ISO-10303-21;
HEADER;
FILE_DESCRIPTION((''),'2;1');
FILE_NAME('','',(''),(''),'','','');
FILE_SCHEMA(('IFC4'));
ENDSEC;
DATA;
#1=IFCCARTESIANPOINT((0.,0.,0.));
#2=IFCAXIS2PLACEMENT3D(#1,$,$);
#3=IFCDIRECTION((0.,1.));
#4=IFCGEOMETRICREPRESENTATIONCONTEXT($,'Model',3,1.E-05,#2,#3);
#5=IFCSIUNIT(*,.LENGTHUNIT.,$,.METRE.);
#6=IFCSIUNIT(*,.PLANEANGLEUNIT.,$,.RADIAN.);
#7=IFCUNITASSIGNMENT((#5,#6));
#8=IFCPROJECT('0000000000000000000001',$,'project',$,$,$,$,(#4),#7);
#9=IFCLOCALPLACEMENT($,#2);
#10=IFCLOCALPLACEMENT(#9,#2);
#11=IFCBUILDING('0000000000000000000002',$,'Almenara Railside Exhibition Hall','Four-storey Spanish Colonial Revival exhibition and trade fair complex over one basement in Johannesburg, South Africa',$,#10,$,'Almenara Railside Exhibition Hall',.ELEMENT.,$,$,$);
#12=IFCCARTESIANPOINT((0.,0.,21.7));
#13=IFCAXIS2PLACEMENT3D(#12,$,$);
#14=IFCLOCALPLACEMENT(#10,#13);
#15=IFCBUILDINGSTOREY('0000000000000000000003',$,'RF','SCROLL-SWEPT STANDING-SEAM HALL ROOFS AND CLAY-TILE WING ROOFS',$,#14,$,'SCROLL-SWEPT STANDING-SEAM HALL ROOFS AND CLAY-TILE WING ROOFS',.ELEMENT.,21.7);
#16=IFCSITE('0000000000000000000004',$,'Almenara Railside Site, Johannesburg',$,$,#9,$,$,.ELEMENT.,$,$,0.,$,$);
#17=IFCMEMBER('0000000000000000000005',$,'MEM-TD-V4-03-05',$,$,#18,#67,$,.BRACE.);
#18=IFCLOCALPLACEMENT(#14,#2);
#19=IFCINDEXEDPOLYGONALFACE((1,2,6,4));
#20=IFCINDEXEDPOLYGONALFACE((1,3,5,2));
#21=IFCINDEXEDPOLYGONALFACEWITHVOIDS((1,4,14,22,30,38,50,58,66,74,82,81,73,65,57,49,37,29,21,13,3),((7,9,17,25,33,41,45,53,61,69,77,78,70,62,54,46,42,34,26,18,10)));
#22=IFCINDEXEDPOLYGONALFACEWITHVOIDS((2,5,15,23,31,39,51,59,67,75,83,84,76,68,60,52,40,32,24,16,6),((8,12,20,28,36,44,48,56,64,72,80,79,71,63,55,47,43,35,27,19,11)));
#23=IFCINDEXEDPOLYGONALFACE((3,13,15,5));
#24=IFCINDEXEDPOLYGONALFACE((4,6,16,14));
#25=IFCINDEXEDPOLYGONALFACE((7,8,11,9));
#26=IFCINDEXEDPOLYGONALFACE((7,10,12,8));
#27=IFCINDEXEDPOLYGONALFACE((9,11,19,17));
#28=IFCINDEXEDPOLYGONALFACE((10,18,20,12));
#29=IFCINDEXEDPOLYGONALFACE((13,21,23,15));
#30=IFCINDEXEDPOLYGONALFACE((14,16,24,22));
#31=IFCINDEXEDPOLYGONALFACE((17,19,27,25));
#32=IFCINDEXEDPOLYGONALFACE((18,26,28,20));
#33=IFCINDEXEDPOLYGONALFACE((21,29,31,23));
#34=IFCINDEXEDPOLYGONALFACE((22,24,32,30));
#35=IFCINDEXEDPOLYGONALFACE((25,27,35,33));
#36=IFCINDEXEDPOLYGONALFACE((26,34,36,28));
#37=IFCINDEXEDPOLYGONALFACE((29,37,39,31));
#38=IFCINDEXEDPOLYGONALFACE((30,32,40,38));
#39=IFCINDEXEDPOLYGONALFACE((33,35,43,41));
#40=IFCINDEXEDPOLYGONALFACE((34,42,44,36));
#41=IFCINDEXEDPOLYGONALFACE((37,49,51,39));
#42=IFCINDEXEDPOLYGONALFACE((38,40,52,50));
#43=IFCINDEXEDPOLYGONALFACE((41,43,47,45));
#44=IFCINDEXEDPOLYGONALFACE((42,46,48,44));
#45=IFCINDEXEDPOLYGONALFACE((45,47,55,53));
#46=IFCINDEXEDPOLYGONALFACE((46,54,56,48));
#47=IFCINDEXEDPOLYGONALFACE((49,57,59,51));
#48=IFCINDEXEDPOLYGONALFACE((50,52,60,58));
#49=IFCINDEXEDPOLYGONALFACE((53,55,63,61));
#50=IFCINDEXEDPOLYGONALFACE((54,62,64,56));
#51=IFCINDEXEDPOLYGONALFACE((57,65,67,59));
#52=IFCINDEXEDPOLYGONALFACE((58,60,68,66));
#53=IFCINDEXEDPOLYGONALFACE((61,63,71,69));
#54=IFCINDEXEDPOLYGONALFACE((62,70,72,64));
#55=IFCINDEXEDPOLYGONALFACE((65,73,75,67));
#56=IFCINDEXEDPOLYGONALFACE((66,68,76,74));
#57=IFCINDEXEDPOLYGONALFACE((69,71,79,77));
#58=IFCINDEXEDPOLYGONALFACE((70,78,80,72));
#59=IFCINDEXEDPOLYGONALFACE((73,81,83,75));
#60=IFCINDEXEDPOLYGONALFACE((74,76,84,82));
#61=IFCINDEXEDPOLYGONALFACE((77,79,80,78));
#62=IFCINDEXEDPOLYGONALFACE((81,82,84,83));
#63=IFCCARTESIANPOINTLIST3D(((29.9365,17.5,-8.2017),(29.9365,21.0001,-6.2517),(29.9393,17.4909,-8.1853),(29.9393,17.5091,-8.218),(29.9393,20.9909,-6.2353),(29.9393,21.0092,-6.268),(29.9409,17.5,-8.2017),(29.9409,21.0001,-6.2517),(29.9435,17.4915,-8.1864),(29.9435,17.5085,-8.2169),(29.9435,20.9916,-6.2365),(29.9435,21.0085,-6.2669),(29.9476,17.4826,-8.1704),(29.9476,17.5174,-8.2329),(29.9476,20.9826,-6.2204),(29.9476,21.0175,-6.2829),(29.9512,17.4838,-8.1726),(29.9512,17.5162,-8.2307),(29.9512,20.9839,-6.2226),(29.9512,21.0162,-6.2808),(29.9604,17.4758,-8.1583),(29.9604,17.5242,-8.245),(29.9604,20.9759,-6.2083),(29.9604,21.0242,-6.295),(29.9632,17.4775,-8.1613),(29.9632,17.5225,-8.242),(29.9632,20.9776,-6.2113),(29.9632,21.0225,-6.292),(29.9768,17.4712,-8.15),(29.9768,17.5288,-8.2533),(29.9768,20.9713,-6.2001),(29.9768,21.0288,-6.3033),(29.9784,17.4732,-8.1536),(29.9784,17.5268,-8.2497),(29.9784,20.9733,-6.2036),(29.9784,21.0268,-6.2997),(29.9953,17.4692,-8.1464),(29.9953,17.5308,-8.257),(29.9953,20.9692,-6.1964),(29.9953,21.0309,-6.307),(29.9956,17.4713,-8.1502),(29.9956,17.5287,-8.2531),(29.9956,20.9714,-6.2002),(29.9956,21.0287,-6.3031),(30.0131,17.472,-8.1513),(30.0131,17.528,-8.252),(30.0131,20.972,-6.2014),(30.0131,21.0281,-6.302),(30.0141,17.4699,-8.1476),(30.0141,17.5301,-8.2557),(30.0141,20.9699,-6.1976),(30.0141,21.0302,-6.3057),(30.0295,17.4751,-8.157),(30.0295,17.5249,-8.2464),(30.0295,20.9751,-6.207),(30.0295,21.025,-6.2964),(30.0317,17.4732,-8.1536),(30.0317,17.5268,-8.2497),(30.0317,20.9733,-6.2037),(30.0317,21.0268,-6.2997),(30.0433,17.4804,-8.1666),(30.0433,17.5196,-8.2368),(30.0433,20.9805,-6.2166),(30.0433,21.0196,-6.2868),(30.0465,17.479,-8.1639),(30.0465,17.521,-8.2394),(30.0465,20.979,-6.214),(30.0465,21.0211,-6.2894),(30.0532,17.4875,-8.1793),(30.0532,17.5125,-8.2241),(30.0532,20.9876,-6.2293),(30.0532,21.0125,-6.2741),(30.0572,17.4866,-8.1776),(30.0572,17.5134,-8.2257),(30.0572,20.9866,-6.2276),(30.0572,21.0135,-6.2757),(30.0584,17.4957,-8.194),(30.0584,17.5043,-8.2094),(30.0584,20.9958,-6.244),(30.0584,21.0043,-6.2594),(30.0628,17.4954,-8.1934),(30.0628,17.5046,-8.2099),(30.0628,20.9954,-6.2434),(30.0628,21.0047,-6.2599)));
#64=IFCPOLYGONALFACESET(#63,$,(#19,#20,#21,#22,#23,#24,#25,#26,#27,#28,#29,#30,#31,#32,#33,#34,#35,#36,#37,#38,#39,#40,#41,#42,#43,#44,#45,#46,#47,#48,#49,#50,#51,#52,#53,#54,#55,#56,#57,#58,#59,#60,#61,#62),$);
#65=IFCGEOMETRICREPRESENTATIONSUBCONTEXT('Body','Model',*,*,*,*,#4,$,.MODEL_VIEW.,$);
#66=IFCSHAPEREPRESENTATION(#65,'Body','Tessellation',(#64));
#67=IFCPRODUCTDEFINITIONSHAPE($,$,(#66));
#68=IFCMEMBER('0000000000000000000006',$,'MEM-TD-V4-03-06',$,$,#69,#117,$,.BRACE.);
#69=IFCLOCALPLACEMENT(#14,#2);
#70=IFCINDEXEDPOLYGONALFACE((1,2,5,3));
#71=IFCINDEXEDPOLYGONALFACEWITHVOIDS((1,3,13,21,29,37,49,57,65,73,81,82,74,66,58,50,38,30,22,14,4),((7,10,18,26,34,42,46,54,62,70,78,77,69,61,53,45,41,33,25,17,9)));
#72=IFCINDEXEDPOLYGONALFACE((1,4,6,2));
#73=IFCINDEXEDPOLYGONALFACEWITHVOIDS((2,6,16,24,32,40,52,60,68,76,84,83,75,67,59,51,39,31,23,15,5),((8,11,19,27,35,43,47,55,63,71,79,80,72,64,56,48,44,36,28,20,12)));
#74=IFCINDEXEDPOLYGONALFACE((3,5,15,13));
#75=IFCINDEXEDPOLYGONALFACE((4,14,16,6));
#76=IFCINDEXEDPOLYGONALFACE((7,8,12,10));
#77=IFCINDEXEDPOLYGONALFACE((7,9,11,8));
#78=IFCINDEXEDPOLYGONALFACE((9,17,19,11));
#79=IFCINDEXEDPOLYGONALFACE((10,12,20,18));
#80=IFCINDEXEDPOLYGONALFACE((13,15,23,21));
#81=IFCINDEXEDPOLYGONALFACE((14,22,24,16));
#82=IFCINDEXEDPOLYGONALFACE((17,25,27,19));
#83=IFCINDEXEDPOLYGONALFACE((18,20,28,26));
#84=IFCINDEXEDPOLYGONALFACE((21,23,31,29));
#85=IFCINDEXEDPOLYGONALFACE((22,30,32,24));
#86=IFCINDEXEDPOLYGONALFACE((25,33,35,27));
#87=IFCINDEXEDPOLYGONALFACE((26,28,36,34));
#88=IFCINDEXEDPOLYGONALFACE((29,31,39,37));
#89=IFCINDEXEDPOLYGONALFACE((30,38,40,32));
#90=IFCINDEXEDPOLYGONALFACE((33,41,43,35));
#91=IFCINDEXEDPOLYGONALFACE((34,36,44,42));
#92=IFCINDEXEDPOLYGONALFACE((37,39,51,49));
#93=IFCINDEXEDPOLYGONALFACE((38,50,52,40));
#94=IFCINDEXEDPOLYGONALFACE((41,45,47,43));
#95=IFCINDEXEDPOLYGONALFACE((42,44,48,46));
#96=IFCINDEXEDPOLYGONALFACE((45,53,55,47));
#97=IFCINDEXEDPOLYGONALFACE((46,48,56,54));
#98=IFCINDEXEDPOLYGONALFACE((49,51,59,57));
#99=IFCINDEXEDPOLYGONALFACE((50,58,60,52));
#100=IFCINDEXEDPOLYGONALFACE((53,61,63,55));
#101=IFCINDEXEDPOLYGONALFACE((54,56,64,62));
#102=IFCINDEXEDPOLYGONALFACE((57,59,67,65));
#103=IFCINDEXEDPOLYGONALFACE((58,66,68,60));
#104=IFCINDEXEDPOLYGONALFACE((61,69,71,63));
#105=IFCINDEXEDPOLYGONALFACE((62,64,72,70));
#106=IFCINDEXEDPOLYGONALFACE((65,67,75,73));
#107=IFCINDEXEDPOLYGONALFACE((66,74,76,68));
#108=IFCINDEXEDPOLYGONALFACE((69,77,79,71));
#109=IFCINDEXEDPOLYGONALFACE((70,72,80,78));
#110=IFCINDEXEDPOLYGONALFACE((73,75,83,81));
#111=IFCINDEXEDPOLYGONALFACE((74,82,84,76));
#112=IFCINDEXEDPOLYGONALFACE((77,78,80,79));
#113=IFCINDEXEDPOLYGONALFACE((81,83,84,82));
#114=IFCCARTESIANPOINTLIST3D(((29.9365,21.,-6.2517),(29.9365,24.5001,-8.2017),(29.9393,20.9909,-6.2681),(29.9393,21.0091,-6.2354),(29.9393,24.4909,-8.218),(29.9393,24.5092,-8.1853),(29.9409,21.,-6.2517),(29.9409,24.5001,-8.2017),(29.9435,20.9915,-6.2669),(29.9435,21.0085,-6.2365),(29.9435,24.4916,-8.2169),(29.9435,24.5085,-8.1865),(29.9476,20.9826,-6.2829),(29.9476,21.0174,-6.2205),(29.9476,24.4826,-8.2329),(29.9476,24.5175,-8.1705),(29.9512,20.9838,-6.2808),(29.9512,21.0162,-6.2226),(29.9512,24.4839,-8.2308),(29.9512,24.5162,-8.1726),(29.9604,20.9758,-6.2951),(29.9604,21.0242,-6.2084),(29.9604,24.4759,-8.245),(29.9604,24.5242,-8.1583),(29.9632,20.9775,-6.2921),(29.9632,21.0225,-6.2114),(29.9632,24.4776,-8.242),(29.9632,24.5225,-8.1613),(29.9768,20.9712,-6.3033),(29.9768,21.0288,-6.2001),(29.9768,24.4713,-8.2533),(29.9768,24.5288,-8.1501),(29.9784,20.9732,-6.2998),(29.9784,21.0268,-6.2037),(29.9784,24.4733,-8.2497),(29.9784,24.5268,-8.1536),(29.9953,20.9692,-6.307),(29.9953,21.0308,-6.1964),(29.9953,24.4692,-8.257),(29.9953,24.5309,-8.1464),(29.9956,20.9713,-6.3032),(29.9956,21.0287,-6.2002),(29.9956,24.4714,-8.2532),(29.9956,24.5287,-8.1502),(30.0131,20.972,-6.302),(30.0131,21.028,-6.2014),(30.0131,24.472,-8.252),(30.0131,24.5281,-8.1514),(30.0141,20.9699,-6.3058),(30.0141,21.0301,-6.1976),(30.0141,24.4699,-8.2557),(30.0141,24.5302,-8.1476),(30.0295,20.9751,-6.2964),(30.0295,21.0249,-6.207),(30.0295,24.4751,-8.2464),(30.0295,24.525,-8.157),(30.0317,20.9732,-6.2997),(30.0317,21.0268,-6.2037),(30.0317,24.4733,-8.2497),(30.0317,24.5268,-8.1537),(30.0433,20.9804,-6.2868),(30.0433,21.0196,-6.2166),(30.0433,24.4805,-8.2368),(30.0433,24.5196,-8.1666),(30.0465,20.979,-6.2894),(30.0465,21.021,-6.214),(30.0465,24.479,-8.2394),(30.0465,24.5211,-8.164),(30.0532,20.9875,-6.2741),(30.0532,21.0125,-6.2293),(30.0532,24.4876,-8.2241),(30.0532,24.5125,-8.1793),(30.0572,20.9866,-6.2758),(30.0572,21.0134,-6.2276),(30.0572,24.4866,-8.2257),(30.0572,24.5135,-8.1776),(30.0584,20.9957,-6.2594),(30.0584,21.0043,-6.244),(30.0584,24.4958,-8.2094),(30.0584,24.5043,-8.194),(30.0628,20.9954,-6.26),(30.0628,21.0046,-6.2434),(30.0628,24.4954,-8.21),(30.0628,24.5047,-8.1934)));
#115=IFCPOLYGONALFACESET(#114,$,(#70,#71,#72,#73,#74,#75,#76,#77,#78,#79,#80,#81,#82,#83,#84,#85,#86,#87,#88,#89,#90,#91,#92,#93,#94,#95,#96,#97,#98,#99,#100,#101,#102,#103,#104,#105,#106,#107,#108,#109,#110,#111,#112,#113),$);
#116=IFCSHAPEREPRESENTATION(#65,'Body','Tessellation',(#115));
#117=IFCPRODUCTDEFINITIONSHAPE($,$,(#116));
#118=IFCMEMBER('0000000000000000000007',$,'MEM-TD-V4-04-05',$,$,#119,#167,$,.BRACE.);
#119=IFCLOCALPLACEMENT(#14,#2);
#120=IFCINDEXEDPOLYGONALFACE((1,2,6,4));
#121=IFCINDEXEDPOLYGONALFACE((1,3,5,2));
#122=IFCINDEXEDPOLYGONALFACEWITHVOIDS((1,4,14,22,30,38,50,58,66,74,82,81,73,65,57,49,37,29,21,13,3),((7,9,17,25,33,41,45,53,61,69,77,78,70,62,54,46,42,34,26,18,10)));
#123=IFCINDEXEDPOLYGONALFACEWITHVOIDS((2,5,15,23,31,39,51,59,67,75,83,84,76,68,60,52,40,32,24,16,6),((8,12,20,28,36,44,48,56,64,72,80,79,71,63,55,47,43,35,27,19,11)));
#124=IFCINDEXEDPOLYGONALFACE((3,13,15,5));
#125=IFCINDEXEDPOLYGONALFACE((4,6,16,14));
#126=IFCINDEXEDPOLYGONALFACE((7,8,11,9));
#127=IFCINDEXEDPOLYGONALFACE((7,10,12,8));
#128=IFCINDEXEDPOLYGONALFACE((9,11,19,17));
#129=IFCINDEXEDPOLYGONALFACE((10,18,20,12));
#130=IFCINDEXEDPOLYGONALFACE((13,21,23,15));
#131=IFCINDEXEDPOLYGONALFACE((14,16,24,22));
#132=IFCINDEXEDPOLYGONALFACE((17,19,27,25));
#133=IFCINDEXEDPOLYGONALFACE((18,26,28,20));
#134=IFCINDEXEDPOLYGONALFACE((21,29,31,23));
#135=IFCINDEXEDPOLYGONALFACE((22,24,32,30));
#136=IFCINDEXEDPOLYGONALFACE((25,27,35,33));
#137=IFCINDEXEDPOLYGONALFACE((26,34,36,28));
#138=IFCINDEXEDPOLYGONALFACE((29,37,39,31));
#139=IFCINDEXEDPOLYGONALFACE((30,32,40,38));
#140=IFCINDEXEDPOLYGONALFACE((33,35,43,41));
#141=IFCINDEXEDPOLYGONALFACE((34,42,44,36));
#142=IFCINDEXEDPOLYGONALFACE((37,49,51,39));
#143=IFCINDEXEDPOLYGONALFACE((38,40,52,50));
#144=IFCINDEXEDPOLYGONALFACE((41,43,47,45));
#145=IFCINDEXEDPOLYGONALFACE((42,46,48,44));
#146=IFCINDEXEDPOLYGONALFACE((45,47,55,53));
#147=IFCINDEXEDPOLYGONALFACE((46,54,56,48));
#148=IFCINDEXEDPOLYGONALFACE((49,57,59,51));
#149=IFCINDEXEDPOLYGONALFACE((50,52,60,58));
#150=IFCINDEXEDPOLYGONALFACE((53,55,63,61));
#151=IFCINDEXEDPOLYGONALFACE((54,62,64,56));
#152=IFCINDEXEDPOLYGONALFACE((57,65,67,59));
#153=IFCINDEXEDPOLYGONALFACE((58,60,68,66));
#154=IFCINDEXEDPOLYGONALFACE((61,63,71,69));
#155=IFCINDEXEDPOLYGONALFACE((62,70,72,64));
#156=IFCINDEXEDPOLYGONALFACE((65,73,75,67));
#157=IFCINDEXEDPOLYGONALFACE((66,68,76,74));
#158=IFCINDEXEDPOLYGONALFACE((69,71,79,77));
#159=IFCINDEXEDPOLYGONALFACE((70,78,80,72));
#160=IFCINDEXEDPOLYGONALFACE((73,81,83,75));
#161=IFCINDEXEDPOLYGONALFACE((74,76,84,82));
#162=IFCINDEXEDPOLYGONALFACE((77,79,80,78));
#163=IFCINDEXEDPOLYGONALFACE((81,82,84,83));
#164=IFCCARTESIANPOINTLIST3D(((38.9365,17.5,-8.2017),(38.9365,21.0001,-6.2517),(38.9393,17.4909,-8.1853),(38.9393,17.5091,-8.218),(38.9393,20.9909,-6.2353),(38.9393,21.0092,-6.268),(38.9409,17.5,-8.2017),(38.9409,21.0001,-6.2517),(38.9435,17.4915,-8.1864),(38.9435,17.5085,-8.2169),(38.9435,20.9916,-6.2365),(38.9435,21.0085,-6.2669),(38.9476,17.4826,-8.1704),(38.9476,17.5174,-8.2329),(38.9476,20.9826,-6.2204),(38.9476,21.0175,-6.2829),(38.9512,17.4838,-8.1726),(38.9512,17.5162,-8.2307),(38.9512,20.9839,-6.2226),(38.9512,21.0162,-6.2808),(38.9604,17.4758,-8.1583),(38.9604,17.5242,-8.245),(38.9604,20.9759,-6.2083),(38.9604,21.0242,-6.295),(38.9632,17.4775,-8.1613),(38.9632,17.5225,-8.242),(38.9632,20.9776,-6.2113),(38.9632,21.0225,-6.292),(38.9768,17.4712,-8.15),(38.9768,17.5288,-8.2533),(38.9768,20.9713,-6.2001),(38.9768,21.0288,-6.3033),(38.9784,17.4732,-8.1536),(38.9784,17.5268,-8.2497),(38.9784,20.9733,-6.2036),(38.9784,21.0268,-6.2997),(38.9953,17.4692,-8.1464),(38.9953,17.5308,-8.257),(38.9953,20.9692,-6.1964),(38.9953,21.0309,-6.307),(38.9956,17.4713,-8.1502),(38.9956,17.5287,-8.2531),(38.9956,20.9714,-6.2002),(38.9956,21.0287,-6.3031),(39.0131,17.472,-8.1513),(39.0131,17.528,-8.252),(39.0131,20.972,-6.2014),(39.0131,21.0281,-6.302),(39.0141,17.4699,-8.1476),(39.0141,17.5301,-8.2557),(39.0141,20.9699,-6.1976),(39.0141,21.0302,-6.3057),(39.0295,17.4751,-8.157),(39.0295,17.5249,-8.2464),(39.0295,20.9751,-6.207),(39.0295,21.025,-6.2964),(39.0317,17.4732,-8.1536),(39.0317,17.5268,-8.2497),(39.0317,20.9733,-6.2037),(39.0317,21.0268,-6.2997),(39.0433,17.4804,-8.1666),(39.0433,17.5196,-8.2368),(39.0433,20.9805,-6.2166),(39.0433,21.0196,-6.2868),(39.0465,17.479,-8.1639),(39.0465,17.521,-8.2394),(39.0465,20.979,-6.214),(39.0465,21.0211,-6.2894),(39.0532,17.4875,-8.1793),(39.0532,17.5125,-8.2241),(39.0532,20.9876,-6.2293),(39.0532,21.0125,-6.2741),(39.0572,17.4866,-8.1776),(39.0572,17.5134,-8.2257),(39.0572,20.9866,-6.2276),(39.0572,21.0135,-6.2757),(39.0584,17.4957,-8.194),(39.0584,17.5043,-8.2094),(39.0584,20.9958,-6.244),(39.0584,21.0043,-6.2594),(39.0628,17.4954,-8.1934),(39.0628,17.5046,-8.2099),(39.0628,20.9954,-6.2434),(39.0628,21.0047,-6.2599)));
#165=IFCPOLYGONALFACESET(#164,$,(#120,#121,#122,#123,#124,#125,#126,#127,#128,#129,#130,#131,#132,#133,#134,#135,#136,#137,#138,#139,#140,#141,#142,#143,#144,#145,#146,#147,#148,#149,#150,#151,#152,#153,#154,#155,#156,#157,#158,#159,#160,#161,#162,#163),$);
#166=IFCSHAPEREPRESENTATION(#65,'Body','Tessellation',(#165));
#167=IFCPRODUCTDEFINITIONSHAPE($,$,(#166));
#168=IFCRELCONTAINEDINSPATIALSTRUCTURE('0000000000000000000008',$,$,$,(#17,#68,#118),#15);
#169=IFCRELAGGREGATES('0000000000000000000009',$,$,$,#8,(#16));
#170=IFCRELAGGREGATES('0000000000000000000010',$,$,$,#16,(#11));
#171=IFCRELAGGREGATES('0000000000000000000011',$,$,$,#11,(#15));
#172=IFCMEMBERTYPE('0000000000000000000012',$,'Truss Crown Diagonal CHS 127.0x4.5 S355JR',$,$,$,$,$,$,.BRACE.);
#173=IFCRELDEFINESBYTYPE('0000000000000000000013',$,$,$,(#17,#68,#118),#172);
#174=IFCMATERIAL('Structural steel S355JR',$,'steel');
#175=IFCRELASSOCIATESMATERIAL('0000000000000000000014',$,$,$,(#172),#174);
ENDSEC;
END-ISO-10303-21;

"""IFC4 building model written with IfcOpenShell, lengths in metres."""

from ifc_helpers import new_model, si_unit, direction, frame, origin, origin_2d, place, context, subcontext, project, spatial, hollow_circle, extrude, material, material_profile, profile_set, type_object, element, save


model = new_model("IFC4")

# Units and contexts
model_context = context("Model", 3, precision=1e-05, world=origin(), true_north=direction((0.0, 1.0)))
body_context = subcontext(model_context, "Body", "Model", "MODEL_VIEW")
ifc_project = project(units=[si_unit("LENGTHUNIT", "METRE"), si_unit("PLANEANGLEUNIT", "RADIAN")], contexts=[model_context])

# Site, building, storey
site_placement = place(None, origin())
site = spatial("IfcSite", under=ifc_project, at=site_placement, Name="Almenara Railside Site, Johannesburg", CompositionType="ELEMENT", RefElevation=0.0)
building_placement = place(site_placement, origin())
building = spatial("IfcBuilding", under=site, at=building_placement, Name="Almenara Railside Exhibition Hall", Description="Four-storey Spanish Colonial Revival exhibition and trade fair complex over one basement in Johannesburg, South Africa", LongName="Almenara Railside Exhibition Hall", CompositionType="ELEMENT")
storey_placement = place(building_placement, frame((0.0, 0.0, 21.7)))
storey = spatial("IfcBuildingStorey", under=building, at=storey_placement, Name="RF", Description="SCROLL-SWEPT STANDING-SEAM HALL ROOFS AND CLAY-TILE WING ROOFS", LongName="SCROLL-SWEPT STANDING-SEAM HALL ROOFS AND CLAY-TILE WING ROOFS", CompositionType="ELEMENT", Elevation=21.7)

# Members
ifc_material_1 = material(Name="Structural steel S355JR", Category="steel")
ifc_material_profile_1 = material_profile(ifc_material_1, hollow_circle(Radius=0.0635, WallThickness=0.0044, at=origin_2d()), Name="CHS 127.0x4.5")
ifc_profile_set_1 = profile_set([ifc_material_profile_1], Name="Structural steel S355JR")
member_type_1 = type_object("IfcMemberType", Name="Truss Crown Diagonal CHS 127.0x4.5 S355JR", PredefinedType="BRACE", material=ifc_profile_set_1)
for number, where, z_axis, x_axis, name in (
    (1, (30.0, 17.5, -8.2017), (0.0, 0.873573, 0.486693), (-1.0, 0.0, 0.0), "MEM-TD-V4-03-05"),
    (2, (30.0, 21.0, -6.2517), (0.0, 0.873573, -0.486693), (-1.0, 0.0, 0.0), "MEM-TD-V4-03-06"),
    (3, (39.0, 17.5, -8.2017), (0.0, 0.873573, 0.486693), (-1.0, 0.0, 0.0), "MEM-TD-V4-04-05"),
):
    element("IfcMember", number, at=place(storey_placement, frame(where, z_axis=z_axis, x_axis=x_axis)), inside=storey, type_object=member_type_1, Name=name, PredefinedType="BRACE", context=body_context, shape_type="SweptSolid", body=[
        extrude(hollow_circle(Radius=0.0635, WallThickness=0.0044, at=origin_2d()), origin(), (0.0, 0.0, 1.0), 4.0066),
    ])

save(model, "model.ifc")
